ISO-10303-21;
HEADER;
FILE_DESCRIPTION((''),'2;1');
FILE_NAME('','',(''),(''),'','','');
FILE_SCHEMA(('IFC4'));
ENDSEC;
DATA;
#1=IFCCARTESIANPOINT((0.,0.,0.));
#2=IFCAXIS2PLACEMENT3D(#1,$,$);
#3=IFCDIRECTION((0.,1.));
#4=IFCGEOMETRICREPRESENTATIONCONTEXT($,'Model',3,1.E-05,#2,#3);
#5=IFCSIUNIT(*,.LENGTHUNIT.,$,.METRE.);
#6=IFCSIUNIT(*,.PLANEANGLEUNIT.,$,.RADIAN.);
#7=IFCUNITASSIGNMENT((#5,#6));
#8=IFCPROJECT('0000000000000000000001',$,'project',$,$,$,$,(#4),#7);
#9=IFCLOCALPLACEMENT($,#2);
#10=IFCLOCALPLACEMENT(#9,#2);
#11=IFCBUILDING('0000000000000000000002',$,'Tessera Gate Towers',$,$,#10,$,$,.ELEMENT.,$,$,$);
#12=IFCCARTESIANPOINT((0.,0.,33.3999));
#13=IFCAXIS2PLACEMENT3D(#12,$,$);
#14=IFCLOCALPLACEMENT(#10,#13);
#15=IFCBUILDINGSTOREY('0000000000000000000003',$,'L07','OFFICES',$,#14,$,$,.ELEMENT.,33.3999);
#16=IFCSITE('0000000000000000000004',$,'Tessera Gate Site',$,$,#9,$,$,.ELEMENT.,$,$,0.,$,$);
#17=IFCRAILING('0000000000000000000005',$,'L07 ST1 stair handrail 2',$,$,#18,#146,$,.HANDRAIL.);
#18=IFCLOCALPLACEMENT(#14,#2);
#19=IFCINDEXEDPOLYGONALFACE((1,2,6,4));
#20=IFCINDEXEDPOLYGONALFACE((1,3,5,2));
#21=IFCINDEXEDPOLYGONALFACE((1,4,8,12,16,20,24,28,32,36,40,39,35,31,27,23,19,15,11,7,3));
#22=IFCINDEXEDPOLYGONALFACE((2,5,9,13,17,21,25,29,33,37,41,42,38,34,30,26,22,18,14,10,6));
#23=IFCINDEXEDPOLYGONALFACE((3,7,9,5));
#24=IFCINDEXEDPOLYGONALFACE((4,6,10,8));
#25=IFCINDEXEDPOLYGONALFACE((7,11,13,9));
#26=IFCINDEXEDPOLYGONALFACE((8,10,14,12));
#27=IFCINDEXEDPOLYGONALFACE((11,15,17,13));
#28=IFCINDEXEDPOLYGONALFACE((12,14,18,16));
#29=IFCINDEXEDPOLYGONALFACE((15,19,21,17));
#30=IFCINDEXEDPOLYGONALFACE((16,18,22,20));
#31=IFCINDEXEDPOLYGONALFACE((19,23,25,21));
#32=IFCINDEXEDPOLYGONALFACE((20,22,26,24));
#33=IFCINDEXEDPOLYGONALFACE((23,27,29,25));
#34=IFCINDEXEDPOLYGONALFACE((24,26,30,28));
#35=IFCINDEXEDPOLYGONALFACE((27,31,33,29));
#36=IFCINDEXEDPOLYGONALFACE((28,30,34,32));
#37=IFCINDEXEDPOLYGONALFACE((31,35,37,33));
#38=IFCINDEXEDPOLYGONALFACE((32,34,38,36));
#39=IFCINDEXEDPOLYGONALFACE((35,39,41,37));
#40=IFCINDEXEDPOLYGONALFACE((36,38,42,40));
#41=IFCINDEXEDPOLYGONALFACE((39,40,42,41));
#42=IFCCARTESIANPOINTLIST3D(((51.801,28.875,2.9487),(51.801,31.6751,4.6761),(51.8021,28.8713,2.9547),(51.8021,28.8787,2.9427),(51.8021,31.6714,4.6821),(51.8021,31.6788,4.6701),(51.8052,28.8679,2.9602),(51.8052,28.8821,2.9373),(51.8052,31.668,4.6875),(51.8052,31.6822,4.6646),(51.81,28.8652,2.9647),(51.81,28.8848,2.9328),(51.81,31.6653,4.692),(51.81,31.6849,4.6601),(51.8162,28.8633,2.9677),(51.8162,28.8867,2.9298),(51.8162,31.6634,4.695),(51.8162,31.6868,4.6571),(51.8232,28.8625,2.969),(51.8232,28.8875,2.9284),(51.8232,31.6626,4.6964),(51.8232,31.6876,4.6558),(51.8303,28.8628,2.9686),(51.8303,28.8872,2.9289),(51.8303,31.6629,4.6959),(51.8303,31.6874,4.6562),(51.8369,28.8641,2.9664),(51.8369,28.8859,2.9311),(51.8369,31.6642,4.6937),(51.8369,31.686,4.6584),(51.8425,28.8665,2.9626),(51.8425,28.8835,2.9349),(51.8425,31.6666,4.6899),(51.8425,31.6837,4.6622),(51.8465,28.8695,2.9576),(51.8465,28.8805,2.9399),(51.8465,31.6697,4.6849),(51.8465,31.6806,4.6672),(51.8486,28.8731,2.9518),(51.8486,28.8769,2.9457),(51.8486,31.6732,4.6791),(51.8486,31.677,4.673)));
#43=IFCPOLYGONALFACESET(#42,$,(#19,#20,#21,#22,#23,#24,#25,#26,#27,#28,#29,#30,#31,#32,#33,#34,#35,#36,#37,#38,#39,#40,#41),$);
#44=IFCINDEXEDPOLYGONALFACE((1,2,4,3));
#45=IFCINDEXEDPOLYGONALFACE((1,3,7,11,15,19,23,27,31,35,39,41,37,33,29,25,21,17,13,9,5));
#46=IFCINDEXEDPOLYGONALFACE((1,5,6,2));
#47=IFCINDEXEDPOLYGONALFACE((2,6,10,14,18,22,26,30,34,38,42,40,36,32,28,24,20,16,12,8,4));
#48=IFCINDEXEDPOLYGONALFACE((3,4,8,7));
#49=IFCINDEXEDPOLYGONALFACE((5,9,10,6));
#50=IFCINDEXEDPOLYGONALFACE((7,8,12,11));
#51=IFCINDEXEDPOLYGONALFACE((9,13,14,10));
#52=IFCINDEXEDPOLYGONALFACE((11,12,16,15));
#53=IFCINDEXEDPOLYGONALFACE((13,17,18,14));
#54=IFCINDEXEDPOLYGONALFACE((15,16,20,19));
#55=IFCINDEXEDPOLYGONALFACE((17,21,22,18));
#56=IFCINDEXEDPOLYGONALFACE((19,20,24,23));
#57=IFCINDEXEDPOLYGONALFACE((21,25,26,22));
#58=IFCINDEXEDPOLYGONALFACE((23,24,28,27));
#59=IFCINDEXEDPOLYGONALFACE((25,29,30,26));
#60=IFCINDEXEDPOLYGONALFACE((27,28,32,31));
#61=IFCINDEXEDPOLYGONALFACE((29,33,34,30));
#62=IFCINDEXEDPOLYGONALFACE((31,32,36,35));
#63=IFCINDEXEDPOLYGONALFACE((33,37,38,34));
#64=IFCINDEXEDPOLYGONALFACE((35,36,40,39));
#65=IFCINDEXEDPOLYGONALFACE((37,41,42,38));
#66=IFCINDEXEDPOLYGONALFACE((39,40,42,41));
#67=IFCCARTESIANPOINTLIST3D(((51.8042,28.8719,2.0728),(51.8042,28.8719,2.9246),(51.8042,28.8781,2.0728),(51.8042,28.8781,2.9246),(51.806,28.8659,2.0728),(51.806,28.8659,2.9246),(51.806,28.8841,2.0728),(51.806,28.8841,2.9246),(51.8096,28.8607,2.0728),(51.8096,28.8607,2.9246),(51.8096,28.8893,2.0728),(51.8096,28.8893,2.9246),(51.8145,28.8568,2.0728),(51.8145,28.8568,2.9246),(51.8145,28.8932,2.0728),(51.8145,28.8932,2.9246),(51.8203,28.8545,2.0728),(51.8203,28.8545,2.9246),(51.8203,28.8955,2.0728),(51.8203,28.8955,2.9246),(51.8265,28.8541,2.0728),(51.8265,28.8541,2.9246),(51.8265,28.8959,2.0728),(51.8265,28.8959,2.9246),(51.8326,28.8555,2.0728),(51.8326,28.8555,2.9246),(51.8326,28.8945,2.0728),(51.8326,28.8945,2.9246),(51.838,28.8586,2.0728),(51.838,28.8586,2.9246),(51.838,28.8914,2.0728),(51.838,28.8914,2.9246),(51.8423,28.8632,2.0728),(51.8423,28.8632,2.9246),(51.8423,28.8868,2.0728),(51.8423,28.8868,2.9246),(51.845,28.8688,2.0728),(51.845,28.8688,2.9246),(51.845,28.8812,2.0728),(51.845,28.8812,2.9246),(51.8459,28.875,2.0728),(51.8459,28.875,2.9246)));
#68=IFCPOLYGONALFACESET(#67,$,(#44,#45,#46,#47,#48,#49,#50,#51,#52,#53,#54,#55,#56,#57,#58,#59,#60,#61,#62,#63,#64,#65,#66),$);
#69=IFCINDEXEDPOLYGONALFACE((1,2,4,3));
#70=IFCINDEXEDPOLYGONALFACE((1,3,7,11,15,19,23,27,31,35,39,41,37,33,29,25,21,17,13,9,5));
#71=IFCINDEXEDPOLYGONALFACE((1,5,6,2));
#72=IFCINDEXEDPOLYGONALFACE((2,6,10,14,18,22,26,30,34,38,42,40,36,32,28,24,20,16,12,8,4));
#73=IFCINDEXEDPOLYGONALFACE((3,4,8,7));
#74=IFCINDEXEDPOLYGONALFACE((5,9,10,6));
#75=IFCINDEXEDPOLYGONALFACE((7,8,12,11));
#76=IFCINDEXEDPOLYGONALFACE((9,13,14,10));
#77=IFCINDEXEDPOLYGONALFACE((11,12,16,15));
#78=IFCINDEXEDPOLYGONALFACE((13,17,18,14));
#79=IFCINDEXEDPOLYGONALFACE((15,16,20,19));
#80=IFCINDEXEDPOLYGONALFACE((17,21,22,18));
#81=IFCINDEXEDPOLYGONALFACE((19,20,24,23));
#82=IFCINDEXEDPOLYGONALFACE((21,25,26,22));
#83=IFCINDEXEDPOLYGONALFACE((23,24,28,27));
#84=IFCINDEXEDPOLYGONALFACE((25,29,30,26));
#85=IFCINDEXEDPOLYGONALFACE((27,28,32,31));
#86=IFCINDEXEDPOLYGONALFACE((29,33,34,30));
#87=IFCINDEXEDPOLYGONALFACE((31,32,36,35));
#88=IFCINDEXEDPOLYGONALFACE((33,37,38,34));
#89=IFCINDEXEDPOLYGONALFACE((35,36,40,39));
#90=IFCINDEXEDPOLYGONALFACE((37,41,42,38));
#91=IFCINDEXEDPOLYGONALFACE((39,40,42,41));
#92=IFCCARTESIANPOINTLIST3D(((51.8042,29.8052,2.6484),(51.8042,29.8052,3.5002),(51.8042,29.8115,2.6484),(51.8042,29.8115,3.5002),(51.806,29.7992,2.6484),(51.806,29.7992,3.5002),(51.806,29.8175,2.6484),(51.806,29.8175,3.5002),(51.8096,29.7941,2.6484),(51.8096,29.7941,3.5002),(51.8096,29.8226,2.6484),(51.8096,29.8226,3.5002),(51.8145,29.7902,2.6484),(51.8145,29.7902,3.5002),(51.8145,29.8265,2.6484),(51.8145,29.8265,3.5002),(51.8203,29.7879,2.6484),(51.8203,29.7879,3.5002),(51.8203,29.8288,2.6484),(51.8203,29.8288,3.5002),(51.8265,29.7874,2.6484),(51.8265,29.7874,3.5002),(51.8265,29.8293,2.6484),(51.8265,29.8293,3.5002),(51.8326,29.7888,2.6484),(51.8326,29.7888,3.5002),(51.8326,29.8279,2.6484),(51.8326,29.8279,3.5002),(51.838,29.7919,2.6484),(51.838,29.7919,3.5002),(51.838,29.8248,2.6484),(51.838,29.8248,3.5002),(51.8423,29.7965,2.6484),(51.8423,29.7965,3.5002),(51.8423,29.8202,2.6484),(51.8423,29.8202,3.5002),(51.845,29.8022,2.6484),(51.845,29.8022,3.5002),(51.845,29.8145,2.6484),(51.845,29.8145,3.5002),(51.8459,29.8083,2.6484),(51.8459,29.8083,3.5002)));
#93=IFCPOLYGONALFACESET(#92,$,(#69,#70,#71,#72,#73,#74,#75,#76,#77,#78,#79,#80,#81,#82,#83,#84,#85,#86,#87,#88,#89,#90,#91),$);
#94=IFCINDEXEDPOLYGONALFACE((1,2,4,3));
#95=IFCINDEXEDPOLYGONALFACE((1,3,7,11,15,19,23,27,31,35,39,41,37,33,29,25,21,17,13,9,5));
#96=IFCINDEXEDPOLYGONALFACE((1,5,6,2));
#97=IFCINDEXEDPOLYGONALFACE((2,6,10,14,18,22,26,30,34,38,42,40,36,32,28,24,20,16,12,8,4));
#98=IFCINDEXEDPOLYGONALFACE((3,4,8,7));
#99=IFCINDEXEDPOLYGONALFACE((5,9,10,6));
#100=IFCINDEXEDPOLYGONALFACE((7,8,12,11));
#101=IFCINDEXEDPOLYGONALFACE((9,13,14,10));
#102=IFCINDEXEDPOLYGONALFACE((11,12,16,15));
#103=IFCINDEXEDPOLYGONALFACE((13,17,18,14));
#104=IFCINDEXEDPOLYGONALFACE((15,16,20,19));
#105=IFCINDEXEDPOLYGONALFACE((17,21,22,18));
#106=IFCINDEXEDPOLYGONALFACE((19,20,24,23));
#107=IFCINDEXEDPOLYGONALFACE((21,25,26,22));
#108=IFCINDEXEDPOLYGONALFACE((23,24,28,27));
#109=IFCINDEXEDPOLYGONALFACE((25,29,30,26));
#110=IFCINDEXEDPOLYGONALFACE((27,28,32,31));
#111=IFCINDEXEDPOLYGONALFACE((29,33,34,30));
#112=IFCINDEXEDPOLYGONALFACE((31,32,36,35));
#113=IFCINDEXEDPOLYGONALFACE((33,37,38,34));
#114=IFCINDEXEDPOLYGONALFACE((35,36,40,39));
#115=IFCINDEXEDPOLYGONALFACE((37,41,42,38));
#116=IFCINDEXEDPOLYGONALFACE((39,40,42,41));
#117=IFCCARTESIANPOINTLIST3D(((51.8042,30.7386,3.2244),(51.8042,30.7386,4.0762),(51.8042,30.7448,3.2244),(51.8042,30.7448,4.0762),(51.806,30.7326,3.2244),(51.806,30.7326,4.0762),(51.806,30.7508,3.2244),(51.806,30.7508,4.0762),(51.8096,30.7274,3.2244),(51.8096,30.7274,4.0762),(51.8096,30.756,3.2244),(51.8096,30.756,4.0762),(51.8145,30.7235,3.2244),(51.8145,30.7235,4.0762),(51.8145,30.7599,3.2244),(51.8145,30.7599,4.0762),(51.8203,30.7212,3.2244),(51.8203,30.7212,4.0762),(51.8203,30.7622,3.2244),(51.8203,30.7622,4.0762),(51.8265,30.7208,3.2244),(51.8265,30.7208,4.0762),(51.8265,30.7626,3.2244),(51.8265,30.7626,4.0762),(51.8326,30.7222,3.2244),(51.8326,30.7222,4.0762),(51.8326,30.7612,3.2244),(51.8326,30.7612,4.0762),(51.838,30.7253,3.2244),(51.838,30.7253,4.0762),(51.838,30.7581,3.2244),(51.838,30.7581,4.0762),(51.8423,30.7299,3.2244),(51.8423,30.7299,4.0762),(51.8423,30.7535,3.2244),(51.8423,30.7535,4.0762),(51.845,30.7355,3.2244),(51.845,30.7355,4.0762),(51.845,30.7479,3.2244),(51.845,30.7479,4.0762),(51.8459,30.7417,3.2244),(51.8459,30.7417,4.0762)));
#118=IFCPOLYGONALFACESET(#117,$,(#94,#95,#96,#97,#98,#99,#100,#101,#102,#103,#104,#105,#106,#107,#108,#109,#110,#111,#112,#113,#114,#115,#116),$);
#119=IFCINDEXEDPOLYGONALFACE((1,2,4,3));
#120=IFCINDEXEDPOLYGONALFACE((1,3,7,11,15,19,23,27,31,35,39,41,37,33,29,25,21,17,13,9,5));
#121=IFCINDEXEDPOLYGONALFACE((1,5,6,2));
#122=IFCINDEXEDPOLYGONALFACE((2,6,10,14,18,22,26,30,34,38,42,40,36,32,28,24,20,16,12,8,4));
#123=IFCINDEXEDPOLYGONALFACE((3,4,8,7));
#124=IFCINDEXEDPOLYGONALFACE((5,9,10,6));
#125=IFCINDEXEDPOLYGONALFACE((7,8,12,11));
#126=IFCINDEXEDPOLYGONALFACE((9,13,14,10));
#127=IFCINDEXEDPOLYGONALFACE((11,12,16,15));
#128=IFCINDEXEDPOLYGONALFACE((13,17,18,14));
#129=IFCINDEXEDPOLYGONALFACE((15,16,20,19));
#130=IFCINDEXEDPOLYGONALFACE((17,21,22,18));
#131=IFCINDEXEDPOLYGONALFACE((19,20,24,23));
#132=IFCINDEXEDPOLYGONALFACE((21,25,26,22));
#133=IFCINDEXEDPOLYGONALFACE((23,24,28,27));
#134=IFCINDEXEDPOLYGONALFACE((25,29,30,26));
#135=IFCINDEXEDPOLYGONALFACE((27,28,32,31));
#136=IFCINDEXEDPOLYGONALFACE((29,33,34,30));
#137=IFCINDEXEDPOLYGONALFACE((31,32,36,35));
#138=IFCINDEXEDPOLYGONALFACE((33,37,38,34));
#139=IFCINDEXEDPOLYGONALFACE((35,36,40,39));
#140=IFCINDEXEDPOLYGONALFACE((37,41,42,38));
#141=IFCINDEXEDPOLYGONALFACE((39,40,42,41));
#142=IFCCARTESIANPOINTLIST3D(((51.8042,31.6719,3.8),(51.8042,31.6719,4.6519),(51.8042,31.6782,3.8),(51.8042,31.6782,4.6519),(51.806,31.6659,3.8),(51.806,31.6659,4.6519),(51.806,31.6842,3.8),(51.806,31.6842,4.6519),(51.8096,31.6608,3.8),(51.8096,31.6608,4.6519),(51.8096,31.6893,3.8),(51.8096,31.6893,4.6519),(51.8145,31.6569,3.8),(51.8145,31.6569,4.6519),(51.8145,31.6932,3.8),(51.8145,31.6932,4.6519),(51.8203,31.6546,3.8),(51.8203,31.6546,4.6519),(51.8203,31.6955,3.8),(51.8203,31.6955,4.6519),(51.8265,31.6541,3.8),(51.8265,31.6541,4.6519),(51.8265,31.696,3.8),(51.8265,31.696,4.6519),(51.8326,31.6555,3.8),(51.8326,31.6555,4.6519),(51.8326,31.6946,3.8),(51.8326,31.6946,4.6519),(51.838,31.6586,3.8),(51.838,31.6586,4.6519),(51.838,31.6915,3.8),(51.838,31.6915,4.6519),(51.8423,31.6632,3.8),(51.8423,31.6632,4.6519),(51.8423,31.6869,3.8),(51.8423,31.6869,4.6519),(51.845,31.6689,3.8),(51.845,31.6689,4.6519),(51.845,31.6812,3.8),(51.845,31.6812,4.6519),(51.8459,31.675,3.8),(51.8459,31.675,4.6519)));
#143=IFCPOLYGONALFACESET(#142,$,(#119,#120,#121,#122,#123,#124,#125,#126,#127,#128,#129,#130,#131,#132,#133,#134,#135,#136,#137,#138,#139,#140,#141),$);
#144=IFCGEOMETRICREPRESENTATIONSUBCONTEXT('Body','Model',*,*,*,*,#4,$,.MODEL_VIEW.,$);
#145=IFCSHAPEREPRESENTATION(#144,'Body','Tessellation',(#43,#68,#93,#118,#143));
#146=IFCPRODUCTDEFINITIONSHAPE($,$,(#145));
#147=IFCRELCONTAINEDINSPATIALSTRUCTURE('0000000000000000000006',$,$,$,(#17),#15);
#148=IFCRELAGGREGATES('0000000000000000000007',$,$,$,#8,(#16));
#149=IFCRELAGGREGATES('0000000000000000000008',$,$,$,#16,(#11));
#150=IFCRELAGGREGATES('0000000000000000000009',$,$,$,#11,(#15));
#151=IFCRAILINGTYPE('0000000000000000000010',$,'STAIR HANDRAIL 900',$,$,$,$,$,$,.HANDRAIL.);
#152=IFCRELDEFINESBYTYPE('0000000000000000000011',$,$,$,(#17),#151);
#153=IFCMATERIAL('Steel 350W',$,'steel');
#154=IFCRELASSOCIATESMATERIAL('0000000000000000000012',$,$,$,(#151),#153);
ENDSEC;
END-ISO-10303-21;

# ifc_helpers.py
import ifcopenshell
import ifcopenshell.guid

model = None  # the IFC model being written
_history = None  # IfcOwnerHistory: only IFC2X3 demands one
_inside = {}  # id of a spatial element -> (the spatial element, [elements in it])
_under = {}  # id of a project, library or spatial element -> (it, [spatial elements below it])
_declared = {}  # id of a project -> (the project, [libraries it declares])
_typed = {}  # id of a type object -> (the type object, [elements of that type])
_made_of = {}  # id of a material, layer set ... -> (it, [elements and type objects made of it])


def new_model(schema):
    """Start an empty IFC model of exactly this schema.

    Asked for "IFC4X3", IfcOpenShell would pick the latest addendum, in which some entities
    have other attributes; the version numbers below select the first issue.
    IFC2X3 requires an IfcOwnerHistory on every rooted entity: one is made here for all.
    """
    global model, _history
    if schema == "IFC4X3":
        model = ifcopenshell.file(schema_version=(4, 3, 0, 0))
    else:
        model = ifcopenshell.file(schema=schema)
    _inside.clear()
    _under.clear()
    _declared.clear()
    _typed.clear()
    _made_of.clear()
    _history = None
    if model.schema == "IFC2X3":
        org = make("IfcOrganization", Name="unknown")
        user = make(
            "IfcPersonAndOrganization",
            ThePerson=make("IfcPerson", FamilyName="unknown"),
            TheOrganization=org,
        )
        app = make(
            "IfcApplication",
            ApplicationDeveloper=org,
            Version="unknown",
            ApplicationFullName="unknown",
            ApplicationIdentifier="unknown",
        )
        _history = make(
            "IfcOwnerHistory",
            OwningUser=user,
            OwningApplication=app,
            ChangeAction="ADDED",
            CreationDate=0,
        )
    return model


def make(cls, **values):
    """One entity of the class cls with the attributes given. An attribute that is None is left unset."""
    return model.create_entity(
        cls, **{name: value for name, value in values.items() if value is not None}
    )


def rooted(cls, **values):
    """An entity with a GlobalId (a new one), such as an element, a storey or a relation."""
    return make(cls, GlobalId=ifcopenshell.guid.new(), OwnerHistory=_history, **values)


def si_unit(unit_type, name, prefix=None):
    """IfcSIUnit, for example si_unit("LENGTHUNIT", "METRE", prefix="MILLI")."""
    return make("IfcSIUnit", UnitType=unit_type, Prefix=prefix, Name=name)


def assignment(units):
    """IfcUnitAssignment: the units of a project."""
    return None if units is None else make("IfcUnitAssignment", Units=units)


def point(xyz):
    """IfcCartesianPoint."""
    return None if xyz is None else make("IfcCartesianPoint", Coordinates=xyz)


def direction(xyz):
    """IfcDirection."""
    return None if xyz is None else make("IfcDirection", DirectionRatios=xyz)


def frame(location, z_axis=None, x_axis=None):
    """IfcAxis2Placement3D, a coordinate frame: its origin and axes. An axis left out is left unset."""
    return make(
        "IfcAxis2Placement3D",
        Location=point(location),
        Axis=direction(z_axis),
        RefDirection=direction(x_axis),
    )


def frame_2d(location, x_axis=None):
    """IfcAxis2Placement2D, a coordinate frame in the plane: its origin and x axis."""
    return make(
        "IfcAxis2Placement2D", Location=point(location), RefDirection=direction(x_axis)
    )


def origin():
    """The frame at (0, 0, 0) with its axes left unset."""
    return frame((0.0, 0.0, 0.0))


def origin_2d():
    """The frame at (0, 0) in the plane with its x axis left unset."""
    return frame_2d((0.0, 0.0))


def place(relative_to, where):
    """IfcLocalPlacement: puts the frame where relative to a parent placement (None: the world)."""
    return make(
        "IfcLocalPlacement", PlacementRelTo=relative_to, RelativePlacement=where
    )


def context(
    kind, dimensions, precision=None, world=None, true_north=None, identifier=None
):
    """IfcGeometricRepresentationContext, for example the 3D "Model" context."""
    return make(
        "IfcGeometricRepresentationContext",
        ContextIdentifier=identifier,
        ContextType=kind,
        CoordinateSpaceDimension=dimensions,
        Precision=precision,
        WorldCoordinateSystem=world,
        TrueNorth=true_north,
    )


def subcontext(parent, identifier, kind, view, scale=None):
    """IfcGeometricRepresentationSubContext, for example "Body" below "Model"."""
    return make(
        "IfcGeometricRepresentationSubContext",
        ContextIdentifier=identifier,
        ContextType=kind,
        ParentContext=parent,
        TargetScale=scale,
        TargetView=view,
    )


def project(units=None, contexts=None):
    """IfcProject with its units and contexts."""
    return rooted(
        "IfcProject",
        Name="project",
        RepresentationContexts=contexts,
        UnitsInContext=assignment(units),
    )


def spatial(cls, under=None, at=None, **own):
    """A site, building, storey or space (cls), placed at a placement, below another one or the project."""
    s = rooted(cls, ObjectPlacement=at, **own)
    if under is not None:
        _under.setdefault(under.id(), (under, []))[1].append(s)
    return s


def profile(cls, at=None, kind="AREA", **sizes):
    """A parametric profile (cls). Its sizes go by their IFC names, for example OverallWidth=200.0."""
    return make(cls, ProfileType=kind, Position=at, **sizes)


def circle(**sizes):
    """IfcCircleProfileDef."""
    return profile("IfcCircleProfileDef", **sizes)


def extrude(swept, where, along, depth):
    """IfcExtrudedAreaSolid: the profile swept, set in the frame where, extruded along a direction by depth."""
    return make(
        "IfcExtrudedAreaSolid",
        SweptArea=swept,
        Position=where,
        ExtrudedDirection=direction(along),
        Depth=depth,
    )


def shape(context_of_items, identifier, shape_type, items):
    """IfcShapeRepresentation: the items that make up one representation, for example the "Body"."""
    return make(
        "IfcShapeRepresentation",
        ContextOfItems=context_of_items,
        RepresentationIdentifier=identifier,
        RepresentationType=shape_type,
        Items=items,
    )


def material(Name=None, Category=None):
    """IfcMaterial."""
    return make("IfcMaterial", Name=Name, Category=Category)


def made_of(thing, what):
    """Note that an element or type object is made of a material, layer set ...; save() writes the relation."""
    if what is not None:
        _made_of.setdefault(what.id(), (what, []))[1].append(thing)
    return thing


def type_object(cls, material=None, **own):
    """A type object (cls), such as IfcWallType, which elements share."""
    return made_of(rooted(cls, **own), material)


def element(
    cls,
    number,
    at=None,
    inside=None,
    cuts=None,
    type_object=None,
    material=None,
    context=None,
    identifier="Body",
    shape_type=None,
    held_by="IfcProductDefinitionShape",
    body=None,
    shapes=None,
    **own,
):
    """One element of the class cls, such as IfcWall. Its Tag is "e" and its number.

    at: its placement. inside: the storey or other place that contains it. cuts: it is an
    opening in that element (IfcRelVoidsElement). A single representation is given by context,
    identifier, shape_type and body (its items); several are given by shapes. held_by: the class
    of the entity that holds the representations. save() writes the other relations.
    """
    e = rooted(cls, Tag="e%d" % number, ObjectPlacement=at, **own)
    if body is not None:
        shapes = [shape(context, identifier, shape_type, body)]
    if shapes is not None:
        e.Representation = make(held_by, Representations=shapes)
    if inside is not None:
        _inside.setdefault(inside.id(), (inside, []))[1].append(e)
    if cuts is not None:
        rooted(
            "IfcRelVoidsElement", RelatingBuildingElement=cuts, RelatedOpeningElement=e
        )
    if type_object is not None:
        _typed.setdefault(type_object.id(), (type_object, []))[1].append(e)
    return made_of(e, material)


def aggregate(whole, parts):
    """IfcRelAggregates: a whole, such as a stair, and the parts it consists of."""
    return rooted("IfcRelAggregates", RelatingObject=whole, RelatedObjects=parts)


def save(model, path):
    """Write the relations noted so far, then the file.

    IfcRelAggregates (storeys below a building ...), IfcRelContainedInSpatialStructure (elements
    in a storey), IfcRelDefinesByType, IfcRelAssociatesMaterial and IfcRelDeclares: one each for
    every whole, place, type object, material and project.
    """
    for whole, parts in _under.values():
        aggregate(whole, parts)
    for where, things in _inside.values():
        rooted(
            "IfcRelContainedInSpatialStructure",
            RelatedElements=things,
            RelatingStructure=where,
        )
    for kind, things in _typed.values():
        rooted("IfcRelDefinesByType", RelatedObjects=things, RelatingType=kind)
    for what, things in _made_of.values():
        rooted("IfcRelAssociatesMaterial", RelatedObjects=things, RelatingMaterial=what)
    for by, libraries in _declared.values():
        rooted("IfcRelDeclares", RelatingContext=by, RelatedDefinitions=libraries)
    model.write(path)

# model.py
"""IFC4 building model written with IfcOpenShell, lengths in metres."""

from ifc_helpers import new_model, si_unit, direction, frame, origin, origin_2d, place, context, subcontext, project, spatial, circle, extrude, material, type_object, element, save


model = new_model("IFC4")

# Units and contexts
model_context = context("Model", 3, precision=1e-05, world=origin(), true_north=direction((0.0, 1.0)))
body_context = subcontext(model_context, "Body", "Model", "MODEL_VIEW")
ifc_project = project(units=[si_unit("LENGTHUNIT", "METRE"), si_unit("PLANEANGLEUNIT", "RADIAN")], contexts=[model_context])

# Site, building, storey
site_placement = place(None, origin())
site = spatial("IfcSite", under=ifc_project, at=site_placement, Name="Tessera Gate Site", CompositionType="ELEMENT", RefElevation=0.0)
building_placement = place(site_placement, origin())
building = spatial("IfcBuilding", under=site, at=building_placement, Name="Tessera Gate Towers", CompositionType="ELEMENT")
storey_placement = place(building_placement, frame((0.0, 0.0, 33.3999)))
storey = spatial("IfcBuildingStorey", under=building, at=storey_placement, Name="L07", Description="OFFICES", CompositionType="ELEMENT", Elevation=33.3999)

# Railing
ifc_material_1 = material(Name="Steel 350W", Category="steel")
railing_type_1 = type_object("IfcRailingType", Name="STAIR HANDRAIL 900", PredefinedType="HANDRAIL", material=ifc_material_1)
railing_1_placement = place(storey_placement, frame((51.825, 28.875, 2.0728)))
element("IfcRailing", 1, at=railing_1_placement, inside=storey, type_object=railing_type_1, Name="L07 ST1 stair handrail 2", PredefinedType="HANDRAIL", context=body_context, shape_type="SweptSolid", body=[
    extrude(circle(Radius=0.0239, at=origin_2d()), frame((0.0, 0.0, 0.876), z_axis=(0.0, 0.85109, 0.52502), x_axis=(-1.0, 0.0, 0.0)), (0.0, 0.0, 1.0), 3.29),
    extrude(circle(Radius=0.021, at=origin_2d()), origin(), (0.0, 0.0, 1.0), 0.8518),
    extrude(circle(Radius=0.021, at=origin_2d()), frame((0.0, 0.9333, 0.5757)), (0.0, 0.0, 1.0), 0.8518),
    extrude(circle(Radius=0.021, at=origin_2d()), frame((0.0, 1.8667, 1.1516)), (0.0, 0.0, 1.0), 0.8518),
    extrude(circle(Radius=0.021, at=origin_2d()), frame((0.0, 2.8, 1.7273)), (0.0, 0.0, 1.0), 0.8518),
])

save(model, "model.ifc")
